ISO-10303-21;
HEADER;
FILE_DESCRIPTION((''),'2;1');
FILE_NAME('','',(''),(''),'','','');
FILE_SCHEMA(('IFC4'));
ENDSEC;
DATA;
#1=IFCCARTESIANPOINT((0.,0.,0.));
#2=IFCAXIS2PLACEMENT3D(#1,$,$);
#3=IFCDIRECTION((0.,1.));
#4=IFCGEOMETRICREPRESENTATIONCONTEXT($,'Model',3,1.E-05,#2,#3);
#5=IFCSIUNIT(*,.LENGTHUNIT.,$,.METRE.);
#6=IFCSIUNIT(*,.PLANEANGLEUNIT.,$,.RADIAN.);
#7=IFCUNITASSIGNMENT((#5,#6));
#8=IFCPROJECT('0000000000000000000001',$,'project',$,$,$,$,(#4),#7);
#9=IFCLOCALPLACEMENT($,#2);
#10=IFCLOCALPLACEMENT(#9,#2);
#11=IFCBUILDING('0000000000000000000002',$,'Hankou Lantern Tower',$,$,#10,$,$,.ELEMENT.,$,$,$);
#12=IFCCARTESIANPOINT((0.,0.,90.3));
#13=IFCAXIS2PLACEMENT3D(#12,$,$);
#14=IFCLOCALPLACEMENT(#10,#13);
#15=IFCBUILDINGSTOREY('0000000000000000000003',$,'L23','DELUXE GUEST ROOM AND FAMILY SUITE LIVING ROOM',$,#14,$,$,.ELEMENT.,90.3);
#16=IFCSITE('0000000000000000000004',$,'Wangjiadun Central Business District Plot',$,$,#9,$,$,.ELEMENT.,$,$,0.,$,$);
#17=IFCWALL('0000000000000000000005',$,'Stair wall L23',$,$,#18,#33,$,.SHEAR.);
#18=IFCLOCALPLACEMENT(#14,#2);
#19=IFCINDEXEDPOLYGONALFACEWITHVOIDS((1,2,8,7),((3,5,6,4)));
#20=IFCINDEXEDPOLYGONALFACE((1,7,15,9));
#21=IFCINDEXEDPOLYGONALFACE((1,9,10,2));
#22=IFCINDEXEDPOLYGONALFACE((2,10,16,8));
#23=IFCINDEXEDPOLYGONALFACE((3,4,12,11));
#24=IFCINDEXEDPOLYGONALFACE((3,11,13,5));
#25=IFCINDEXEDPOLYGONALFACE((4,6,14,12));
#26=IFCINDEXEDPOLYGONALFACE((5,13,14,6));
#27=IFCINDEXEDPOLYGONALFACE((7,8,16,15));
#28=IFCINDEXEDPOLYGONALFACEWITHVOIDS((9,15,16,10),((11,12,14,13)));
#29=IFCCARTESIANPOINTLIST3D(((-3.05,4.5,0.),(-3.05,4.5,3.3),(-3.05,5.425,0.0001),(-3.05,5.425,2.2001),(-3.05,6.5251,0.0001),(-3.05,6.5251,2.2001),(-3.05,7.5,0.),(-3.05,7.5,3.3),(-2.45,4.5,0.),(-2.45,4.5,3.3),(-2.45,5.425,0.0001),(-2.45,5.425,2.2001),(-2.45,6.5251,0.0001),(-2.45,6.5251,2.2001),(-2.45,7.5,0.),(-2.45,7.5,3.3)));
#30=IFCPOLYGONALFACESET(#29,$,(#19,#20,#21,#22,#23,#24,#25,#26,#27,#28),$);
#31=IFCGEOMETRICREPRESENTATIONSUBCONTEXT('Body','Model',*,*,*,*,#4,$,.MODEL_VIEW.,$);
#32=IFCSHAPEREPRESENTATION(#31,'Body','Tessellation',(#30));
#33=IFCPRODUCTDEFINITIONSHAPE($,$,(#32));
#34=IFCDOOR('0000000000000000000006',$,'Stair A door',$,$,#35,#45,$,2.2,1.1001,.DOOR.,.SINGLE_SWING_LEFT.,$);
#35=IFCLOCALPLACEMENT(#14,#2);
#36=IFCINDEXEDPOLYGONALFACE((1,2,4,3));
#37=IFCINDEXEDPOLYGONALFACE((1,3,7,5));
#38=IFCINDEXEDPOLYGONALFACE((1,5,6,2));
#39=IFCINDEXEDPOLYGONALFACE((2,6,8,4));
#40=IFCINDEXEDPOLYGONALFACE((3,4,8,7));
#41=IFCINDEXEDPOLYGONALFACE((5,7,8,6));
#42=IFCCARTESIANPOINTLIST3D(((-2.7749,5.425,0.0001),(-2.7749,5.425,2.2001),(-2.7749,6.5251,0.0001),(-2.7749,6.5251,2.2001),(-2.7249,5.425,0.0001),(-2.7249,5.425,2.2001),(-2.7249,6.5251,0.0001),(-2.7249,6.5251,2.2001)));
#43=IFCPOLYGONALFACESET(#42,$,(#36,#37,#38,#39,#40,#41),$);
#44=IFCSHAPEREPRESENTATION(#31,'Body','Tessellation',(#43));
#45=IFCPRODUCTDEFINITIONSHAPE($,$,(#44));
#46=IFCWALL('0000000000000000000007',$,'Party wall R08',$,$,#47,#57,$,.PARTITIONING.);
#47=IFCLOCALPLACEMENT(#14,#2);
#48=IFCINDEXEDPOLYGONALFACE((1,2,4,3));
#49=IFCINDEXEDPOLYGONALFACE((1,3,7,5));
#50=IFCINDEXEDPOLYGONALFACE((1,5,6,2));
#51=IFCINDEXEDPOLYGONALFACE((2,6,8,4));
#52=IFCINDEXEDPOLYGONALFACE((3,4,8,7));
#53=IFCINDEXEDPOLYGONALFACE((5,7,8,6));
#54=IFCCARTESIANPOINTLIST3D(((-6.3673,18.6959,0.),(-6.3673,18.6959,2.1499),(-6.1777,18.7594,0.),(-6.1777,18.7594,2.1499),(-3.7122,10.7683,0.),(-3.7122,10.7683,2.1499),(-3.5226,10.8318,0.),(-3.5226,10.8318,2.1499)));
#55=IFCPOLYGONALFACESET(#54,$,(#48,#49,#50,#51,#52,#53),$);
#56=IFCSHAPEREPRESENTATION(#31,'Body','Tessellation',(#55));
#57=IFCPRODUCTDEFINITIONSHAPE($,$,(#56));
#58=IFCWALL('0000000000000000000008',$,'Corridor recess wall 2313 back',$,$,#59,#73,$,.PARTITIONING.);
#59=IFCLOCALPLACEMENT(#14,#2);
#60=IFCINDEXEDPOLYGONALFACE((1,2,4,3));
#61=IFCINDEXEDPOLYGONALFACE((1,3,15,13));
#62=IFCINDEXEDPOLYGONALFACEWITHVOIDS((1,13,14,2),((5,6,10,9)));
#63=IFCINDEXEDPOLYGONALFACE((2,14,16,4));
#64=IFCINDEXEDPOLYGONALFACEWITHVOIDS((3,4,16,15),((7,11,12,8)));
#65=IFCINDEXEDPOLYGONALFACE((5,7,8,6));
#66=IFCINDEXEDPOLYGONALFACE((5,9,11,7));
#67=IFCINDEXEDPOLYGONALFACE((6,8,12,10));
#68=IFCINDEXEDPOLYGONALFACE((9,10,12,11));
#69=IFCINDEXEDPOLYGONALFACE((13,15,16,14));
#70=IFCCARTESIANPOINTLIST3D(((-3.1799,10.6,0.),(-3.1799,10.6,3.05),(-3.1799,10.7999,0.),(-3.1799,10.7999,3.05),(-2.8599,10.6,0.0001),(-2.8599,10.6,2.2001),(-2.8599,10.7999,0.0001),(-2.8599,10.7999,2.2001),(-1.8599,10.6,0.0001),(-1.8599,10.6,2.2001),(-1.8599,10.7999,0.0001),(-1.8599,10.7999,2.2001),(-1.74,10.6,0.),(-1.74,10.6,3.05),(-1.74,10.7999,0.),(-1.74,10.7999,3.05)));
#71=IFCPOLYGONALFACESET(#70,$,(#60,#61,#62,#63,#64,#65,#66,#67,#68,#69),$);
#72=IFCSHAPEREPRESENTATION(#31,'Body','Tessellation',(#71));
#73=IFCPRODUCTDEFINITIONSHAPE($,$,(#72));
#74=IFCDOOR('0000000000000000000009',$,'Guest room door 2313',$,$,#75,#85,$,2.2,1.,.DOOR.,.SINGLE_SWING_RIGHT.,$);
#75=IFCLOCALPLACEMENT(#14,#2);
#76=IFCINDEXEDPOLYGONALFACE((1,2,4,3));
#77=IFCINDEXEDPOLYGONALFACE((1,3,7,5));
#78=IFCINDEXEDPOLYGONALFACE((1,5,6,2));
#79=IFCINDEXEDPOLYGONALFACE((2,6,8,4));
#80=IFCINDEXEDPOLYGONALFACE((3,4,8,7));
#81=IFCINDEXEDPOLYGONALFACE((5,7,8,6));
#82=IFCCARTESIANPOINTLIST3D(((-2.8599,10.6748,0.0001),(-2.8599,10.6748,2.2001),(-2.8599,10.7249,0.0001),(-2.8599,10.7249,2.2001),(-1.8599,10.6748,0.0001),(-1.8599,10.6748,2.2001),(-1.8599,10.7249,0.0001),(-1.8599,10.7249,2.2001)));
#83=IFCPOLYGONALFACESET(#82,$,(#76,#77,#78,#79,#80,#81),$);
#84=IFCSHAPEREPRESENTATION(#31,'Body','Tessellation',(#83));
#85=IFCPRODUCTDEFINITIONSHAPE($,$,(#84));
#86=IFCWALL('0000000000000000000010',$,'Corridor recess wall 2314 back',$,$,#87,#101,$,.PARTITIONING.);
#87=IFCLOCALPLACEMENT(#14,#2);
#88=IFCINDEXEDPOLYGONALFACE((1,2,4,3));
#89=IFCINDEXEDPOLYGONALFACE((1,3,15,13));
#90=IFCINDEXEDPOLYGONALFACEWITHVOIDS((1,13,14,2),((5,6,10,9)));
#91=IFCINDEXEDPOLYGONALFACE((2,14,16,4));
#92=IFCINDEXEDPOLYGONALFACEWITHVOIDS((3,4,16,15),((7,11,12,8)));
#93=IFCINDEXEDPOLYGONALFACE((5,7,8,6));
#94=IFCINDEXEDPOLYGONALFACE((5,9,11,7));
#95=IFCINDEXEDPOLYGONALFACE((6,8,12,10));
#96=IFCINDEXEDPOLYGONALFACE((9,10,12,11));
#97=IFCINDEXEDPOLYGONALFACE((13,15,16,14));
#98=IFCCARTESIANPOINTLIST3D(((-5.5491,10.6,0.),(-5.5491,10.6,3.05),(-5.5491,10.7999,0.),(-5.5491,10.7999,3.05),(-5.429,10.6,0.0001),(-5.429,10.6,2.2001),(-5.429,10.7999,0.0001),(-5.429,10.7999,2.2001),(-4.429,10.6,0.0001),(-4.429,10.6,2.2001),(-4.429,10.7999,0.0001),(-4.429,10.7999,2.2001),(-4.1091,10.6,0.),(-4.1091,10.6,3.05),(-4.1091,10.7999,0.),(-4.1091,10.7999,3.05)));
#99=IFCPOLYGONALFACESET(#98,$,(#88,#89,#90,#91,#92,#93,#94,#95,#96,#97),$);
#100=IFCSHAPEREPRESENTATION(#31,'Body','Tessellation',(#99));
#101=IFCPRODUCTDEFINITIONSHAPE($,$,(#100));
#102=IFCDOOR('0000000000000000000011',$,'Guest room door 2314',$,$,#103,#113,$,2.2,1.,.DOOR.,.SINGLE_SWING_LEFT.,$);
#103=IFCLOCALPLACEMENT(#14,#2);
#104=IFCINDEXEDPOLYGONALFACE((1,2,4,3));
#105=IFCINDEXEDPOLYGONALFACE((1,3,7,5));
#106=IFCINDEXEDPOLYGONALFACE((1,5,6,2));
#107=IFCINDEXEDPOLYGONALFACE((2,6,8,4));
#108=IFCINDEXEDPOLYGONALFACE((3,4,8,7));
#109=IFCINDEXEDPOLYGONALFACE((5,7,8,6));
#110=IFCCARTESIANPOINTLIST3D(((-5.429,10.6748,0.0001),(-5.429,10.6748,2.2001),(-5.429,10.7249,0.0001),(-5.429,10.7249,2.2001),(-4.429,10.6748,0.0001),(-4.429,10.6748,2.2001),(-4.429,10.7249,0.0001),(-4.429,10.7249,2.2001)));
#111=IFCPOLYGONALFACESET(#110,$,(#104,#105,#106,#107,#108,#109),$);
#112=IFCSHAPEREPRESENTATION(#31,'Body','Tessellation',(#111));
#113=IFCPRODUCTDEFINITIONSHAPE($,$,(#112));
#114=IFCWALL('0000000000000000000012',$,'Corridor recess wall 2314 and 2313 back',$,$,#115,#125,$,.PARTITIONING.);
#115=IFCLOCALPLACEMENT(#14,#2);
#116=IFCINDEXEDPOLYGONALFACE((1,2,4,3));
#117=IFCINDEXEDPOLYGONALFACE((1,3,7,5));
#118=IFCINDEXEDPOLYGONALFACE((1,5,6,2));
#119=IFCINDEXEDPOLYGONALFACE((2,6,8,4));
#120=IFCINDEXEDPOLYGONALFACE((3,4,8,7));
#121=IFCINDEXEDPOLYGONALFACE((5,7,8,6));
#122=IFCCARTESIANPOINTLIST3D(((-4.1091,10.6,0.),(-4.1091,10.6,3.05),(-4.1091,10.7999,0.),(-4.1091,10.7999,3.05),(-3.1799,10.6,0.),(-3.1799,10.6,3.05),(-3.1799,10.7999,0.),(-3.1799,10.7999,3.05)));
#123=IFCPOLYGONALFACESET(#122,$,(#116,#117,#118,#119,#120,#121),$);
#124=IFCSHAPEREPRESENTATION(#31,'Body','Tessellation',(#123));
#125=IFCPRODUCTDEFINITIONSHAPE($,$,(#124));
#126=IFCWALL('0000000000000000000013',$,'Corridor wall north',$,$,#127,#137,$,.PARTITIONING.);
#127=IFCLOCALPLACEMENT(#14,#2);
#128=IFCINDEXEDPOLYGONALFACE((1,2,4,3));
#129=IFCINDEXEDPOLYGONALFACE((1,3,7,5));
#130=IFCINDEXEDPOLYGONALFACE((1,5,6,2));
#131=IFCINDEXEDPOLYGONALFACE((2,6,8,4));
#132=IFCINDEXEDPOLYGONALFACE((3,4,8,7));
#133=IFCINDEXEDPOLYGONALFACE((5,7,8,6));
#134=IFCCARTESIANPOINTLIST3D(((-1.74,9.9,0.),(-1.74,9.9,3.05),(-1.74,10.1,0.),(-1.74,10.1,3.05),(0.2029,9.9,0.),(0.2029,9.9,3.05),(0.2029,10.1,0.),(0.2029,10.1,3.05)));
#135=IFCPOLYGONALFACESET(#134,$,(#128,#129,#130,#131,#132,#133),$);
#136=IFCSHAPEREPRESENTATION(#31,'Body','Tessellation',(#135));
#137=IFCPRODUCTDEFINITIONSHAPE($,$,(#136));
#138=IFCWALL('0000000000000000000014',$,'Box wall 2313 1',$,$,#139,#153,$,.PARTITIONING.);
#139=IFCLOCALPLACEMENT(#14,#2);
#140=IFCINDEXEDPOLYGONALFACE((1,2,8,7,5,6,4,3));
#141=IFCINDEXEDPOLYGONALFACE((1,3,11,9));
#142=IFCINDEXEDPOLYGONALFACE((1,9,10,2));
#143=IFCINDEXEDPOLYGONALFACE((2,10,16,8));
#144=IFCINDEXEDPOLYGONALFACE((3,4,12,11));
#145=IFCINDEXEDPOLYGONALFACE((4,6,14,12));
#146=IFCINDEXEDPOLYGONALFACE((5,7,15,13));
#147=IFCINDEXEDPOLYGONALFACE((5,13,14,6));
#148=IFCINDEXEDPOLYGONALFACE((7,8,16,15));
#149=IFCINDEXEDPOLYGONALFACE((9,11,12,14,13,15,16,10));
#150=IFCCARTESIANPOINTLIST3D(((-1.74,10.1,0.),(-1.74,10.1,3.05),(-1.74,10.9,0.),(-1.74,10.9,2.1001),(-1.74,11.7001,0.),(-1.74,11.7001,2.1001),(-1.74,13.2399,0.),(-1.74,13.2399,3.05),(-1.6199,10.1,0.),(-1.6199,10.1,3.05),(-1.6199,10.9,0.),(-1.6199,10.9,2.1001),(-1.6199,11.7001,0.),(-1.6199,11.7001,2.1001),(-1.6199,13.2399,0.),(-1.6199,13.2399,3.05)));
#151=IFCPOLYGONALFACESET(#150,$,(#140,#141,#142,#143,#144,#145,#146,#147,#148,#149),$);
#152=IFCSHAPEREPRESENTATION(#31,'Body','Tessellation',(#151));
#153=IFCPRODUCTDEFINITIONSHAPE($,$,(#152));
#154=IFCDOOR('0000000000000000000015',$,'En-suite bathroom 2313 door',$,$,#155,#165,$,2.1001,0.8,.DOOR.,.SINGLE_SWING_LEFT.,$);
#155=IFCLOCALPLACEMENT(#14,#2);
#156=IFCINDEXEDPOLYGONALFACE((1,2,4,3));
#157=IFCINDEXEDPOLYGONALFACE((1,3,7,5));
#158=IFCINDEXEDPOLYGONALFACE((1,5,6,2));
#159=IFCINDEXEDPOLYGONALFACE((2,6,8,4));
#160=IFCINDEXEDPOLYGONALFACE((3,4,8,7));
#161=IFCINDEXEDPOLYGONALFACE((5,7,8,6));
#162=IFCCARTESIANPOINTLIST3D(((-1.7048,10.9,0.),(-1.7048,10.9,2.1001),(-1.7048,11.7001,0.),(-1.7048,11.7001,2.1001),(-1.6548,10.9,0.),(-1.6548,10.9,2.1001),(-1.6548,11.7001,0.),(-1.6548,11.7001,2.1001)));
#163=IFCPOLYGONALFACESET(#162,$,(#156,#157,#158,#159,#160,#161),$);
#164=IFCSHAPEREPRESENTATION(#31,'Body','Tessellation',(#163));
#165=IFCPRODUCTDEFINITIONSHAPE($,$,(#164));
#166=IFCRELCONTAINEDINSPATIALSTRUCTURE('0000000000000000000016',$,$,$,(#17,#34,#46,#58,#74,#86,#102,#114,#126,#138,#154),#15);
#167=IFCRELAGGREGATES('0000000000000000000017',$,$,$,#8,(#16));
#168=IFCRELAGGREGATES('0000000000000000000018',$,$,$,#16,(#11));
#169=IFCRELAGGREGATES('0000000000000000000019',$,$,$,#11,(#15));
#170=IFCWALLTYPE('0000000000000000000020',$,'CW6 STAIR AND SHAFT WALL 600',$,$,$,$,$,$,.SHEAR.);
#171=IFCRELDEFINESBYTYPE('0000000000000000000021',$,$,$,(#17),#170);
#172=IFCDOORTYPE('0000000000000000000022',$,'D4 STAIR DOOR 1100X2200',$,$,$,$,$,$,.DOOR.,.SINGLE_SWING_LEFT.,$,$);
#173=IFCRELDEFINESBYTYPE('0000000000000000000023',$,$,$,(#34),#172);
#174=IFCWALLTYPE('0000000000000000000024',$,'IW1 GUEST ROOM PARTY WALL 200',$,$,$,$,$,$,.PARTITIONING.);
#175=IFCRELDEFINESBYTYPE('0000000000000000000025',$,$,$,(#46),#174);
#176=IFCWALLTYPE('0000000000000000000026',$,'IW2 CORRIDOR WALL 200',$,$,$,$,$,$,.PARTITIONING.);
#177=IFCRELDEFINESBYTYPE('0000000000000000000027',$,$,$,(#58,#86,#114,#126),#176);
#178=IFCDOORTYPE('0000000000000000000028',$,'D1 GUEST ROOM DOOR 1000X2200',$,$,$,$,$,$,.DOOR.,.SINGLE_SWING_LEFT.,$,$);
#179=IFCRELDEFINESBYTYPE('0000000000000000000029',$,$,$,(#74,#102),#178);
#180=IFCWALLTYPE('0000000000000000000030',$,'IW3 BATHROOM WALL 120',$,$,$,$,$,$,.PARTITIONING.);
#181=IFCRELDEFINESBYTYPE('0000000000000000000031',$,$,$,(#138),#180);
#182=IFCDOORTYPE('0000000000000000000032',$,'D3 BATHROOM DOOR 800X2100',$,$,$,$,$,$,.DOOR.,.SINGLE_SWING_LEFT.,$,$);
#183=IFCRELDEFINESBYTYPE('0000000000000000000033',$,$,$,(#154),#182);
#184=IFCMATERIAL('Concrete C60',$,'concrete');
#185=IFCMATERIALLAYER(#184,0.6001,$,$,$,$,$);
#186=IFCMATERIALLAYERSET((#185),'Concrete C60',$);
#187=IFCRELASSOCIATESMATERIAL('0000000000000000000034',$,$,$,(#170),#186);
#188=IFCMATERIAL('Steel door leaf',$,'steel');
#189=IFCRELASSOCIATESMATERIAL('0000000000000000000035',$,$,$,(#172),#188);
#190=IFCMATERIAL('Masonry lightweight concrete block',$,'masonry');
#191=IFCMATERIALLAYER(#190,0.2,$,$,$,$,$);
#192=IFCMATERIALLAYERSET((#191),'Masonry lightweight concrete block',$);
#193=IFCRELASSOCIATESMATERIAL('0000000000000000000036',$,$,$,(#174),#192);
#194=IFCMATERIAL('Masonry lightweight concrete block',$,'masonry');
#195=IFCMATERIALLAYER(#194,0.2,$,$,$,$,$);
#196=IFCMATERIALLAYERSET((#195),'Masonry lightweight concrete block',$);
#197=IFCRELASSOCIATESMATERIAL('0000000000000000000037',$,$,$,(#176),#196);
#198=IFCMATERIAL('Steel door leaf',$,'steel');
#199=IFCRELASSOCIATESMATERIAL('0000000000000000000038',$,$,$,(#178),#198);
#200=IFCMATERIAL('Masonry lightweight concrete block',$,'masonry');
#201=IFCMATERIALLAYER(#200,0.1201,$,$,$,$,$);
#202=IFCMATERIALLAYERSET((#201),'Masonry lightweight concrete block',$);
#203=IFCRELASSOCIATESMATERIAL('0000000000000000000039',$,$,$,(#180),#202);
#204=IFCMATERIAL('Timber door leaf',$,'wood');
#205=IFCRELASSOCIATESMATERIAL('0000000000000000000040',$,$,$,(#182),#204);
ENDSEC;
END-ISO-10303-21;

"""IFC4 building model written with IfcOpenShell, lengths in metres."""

from ifc_helpers import new_model, si_unit, direction, frame, frame_2d, origin, place, context, subcontext, project, spatial, rectangle, extrude, material, layer, layer_set, type_object, element, fill, save


model = new_model("IFC4")

# Units and contexts
model_context = context("Model", 3, precision=1e-05, world=origin(), true_north=direction((0.0, 1.0)))
body_context = subcontext(model_context, "Body", "Model", "MODEL_VIEW")
ifc_project = project(units=[si_unit("LENGTHUNIT", "METRE"), si_unit("PLANEANGLEUNIT", "RADIAN")], contexts=[model_context])

# Site, building, storey
site_placement = place(None, origin())
site = spatial("IfcSite", under=ifc_project, at=site_placement, Name="Wangjiadun Central Business District Plot", CompositionType="ELEMENT", RefElevation=0.0)
building_placement = place(site_placement, origin())
building = spatial("IfcBuilding", under=site, at=building_placement, Name="Hankou Lantern Tower", CompositionType="ELEMENT")
storey_placement = place(building_placement, frame((0.0, 0.0, 90.3)))
storey = spatial("IfcBuildingStorey", under=building, at=storey_placement, Name="L23", Description="DELUXE GUEST ROOM AND FAMILY SUITE LIVING ROOM", CompositionType="ELEMENT", Elevation=90.3)

# Wall, opening, door
ifc_material_1 = material(Name="Concrete C60", Category="concrete")
ifc_layer_1 = layer(ifc_material_1, 0.6001)
ifc_layer_set_1 = layer_set([ifc_layer_1], Name="Concrete C60")
wall_type_1 = type_object("IfcWallType", Name="CW6 STAIR AND SHAFT WALL 600", PredefinedType="SHEAR", material=ifc_layer_set_1)
wall_1_placement = place(storey_placement, frame((-2.75, 4.5, 0.0), z_axis=(0.0, 0.0, 1.0), x_axis=(0.0, 1.0, 0.0)))
wall_1 = element("IfcWall", 1, at=wall_1_placement, inside=storey, type_object=wall_type_1, Name="Stair wall L23", PredefinedType="SHEAR", context=body_context, shape_type="SweptSolid", body=[
    extrude(rectangle(XDim=3.0, YDim=0.6001, at=frame_2d((1.5, 0.0))), origin(), (0.0, 0.0, 1.0), 3.3),
])
opening_1_placement = place(wall_1_placement, frame((0.925, 0.0, 0.0)))
opening_1 = element("IfcOpeningElement", 2, at=opening_1_placement, cuts=wall_1, PredefinedType="OPENING", context=body_context, shape_type="SweptSolid", body=[
    extrude(rectangle(XDim=1.1001, YDim=2.2, at=frame_2d((0.55, 1.1001))), frame((0.0, 0.3101, 0.0), z_axis=(0.0, -1.0, 0.0), x_axis=(1.0, 0.0, 0.0)), (0.0, 0.0, 1.0), 0.6201),
])
ifc_material_2 = material(Name="Steel door leaf", Category="steel")
door_type_1 = type_object("IfcDoorType", Name="D4 STAIR DOOR 1100X2200", OperationType="SINGLE_SWING_LEFT", PredefinedType="DOOR", material=ifc_material_2)
door_1_placement = place(opening_1_placement, origin())
door_1 = element("IfcDoor", 3, at=door_1_placement, inside=storey, type_object=door_type_1, Name="Stair A door", OperationType="SINGLE_SWING_LEFT", OverallHeight=2.2, OverallWidth=1.1001, PredefinedType="DOOR", context=body_context, shape_type="SweptSolid", body=[
    extrude(rectangle(XDim=1.1001, YDim=2.2, at=frame_2d((0.55, 1.1001))), frame((0.0, 0.0249, 0.0), z_axis=(0.0, -1.0, 0.0), x_axis=(1.0, 0.0, 0.0)), (0.0, 0.0, 1.0), 0.05),
])
fill(opening_1, door_1)

# Wall
ifc_material_3 = material(Name="Masonry lightweight concrete block", Category="masonry")
ifc_layer_2 = layer(ifc_material_3, 0.2)
ifc_layer_set_2 = layer_set([ifc_layer_2], Name="Masonry lightweight concrete block")
wall_type_2 = type_object("IfcWallType", Name="IW1 GUEST ROOM PARTY WALL 200", PredefinedType="PARTITIONING", material=ifc_layer_set_2)
wall_2_placement = place(storey_placement, frame((-3.6174, 10.8, 0.0), z_axis=(0.0, 0.0, 1.0), x_axis=(-0.317577, 0.948233, 0.0)))
element("IfcWall", 4, at=wall_2_placement, inside=storey, type_object=wall_type_2, Name="Party wall R08", PredefinedType="PARTITIONING", context=body_context, shape_type="SweptSolid", body=[
    extrude(rectangle(XDim=8.3604, YDim=0.2, at=frame_2d((4.1802, 0.0))), origin(), (0.0, 0.0, 1.0), 2.1499),
])

# Walls, openings, doors
ifc_material_4 = material(Name="Masonry lightweight concrete block", Category="masonry")
ifc_layer_3 = layer(ifc_material_4, 0.2)
ifc_layer_set_3 = layer_set([ifc_layer_3], Name="Masonry lightweight concrete block")
wall_type_3 = type_object("IfcWallType", Name="IW2 CORRIDOR WALL 200", PredefinedType="PARTITIONING", material=ifc_layer_set_3)
wall_3_placement = place(storey_placement, frame((-3.1799, 10.7, 0.0), z_axis=(0.0, 0.0, 1.0), x_axis=(1.0, 0.0, 0.0)))
wall_3 = element("IfcWall", 5, at=wall_3_placement, inside=storey, type_object=wall_type_3, Name="Corridor recess wall 2313 back", PredefinedType="PARTITIONING", context=body_context, shape_type="SweptSolid", body=[
    extrude(rectangle(XDim=1.4399, YDim=0.2, at=frame_2d((0.72, 0.0))), origin(), (0.0, 0.0, 1.0), 3.05),
])
opening_2_placement = place(wall_3_placement, frame((0.3201, 0.0, 0.0)))
opening_2 = element("IfcOpeningElement", 6, at=opening_2_placement, cuts=wall_3, PredefinedType="OPENING", context=body_context, shape_type="SweptSolid", body=[
    extrude(rectangle(XDim=1.0, YDim=2.2, at=frame_2d((0.5, 1.1001))), frame((0.0, 0.1099, 0.0), z_axis=(0.0, -1.0, 0.0), x_axis=(1.0, 0.0, 0.0)), (0.0, 0.0, 1.0), 0.22),
])
ifc_material_5 = material(Name="Steel door leaf", Category="steel")
door_type_2 = type_object("IfcDoorType", Name="D1 GUEST ROOM DOOR 1000X2200", OperationType="SINGLE_SWING_LEFT", PredefinedType="DOOR", material=ifc_material_5)
door_2_placement = place(opening_2_placement, origin())
door_2 = element("IfcDoor", 7, at=door_2_placement, inside=storey, type_object=door_type_2, Name="Guest room door 2313", OperationType="SINGLE_SWING_RIGHT", OverallHeight=2.2, OverallWidth=1.0, PredefinedType="DOOR", context=body_context, shape_type="SweptSolid", body=[
    extrude(rectangle(XDim=1.0, YDim=2.2, at=frame_2d((0.5, 1.1001))), frame((0.0, 0.0249, 0.0), z_axis=(0.0, -1.0, 0.0), x_axis=(1.0, 0.0, 0.0)), (0.0, 0.0, 1.0), 0.05),
])
fill(opening_2, door_2)
wall_4_placement = place(storey_placement, frame((-5.5491, 10.7, 0.0), z_axis=(0.0, 0.0, 1.0), x_axis=(1.0, 0.0, 0.0)))
wall_4 = element("IfcWall", 8, at=wall_4_placement, inside=storey, type_object=wall_type_3, Name="Corridor recess wall 2314 back", PredefinedType="PARTITIONING", context=body_context, shape_type="SweptSolid", body=[
    extrude(rectangle(XDim=1.4399, YDim=0.2, at=frame_2d((0.72, 0.0))), origin(), (0.0, 0.0, 1.0), 3.05),
])
opening_3_placement = place(wall_4_placement, frame((0.1201, 0.0, 0.0)))
opening_3 = element("IfcOpeningElement", 9, at=opening_3_placement, cuts=wall_4, PredefinedType="OPENING", context=body_context, shape_type="SweptSolid", body=[
    extrude(rectangle(XDim=1.0, YDim=2.2, at=frame_2d((0.5, 1.1001))), frame((0.0, 0.1099, 0.0), z_axis=(0.0, -1.0, 0.0), x_axis=(1.0, 0.0, 0.0)), (0.0, 0.0, 1.0), 0.22),
])
door_3_placement = place(opening_3_placement, origin())
door_3 = element("IfcDoor", 10, at=door_3_placement, inside=storey, type_object=door_type_2, Name="Guest room door 2314", OperationType="SINGLE_SWING_LEFT", OverallHeight=2.2, OverallWidth=1.0, PredefinedType="DOOR", context=body_context, shape_type="SweptSolid", body=[
    extrude(rectangle(XDim=1.0, YDim=2.2, at=frame_2d((0.5, 1.1001))), frame((0.0, 0.0249, 0.0), z_axis=(0.0, -1.0, 0.0), x_axis=(1.0, 0.0, 0.0)), (0.0, 0.0, 1.0), 0.05),
])
fill(opening_3, door_3)

# Walls
wall_5_placement = place(storey_placement, frame((-4.1091, 10.7, 0.0), z_axis=(0.0, 0.0, 1.0), x_axis=(1.0, 0.0, 0.0)))
element("IfcWall", 11, at=wall_5_placement, inside=storey, type_object=wall_type_3, Name="Corridor recess wall 2314 and 2313 back", PredefinedType="PARTITIONING", context=body_context, shape_type="SweptSolid", body=[
    extrude(rectangle(XDim=0.9292, YDim=0.2, at=frame_2d((0.4646, 0.0))), origin(), (0.0, 0.0, 1.0), 3.05),
])
wall_6_placement = place(storey_placement, frame((-1.74, 10.0, 0.0), z_axis=(0.0, 0.0, 1.0), x_axis=(1.0, 0.0, 0.0)))
element("IfcWall", 12, at=wall_6_placement, inside=storey, type_object=wall_type_3, Name="Corridor wall north", PredefinedType="PARTITIONING", context=body_context, shape_type="SweptSolid", body=[
    extrude(rectangle(XDim=1.9429, YDim=0.2, at=frame_2d((0.9714, 0.0))), origin(), (0.0, 0.0, 1.0), 3.05),
])

# Wall, opening, door
ifc_material_6 = material(Name="Masonry lightweight concrete block", Category="masonry")
ifc_layer_4 = layer(ifc_material_6, 0.1201)
ifc_layer_set_4 = layer_set([ifc_layer_4], Name="Masonry lightweight concrete block")
wall_type_4 = type_object("IfcWallType", Name="IW3 BATHROOM WALL 120", PredefinedType="PARTITIONING", material=ifc_layer_set_4)
wall_7_placement = place(storey_placement, frame((-1.6799, 10.1001, 0.0), z_axis=(0.0, 0.0, 1.0), x_axis=(0.0, 1.0, 0.0)))
wall_7 = element("IfcWall", 13, at=wall_7_placement, inside=storey, type_object=wall_type_4, Name="Box wall 2313 1", PredefinedType="PARTITIONING", context=body_context, shape_type="SweptSolid", body=[
    extrude(rectangle(XDim=3.1399, YDim=0.1201, at=frame_2d((1.5698, 0.0))), origin(), (0.0, 0.0, 1.0), 3.05),
])
opening_4_placement = place(wall_7_placement, frame((0.8, 0.0, 0.0)))
opening_4 = element("IfcOpeningElement", 14, at=opening_4_placement, cuts=wall_7, PredefinedType="OPENING", context=body_context, shape_type="SweptSolid", body=[
    extrude(rectangle(XDim=0.8, YDim=2.1001, at=frame_2d((0.3999, 1.05))), frame((0.0, 0.0701, 0.0), z_axis=(0.0, -1.0, 0.0), x_axis=(1.0, 0.0, 0.0)), (0.0, 0.0, 1.0), 0.1401),
])
ifc_material_7 = material(Name="Timber door leaf", Category="wood")
door_type_3 = type_object("IfcDoorType", Name="D3 BATHROOM DOOR 800X2100", OperationType="SINGLE_SWING_LEFT", PredefinedType="DOOR", material=ifc_material_7)
door_4_placement = place(opening_4_placement, origin())
door_4 = element("IfcDoor", 15, at=door_4_placement, inside=storey, type_object=door_type_3, Name="En-suite bathroom 2313 door", OperationType="SINGLE_SWING_LEFT", OverallHeight=2.1001, OverallWidth=0.8, PredefinedType="DOOR", context=body_context, shape_type="SweptSolid", body=[
    extrude(rectangle(XDim=0.8, YDim=2.1001, at=frame_2d((0.3999, 1.05))), frame((0.0, 0.0249, 0.0), z_axis=(0.0, -1.0, 0.0), x_axis=(1.0, 0.0, 0.0)), (0.0, 0.0, 1.0), 0.05),
])
fill(opening_4, door_4)

save(model, "model.ifc")
